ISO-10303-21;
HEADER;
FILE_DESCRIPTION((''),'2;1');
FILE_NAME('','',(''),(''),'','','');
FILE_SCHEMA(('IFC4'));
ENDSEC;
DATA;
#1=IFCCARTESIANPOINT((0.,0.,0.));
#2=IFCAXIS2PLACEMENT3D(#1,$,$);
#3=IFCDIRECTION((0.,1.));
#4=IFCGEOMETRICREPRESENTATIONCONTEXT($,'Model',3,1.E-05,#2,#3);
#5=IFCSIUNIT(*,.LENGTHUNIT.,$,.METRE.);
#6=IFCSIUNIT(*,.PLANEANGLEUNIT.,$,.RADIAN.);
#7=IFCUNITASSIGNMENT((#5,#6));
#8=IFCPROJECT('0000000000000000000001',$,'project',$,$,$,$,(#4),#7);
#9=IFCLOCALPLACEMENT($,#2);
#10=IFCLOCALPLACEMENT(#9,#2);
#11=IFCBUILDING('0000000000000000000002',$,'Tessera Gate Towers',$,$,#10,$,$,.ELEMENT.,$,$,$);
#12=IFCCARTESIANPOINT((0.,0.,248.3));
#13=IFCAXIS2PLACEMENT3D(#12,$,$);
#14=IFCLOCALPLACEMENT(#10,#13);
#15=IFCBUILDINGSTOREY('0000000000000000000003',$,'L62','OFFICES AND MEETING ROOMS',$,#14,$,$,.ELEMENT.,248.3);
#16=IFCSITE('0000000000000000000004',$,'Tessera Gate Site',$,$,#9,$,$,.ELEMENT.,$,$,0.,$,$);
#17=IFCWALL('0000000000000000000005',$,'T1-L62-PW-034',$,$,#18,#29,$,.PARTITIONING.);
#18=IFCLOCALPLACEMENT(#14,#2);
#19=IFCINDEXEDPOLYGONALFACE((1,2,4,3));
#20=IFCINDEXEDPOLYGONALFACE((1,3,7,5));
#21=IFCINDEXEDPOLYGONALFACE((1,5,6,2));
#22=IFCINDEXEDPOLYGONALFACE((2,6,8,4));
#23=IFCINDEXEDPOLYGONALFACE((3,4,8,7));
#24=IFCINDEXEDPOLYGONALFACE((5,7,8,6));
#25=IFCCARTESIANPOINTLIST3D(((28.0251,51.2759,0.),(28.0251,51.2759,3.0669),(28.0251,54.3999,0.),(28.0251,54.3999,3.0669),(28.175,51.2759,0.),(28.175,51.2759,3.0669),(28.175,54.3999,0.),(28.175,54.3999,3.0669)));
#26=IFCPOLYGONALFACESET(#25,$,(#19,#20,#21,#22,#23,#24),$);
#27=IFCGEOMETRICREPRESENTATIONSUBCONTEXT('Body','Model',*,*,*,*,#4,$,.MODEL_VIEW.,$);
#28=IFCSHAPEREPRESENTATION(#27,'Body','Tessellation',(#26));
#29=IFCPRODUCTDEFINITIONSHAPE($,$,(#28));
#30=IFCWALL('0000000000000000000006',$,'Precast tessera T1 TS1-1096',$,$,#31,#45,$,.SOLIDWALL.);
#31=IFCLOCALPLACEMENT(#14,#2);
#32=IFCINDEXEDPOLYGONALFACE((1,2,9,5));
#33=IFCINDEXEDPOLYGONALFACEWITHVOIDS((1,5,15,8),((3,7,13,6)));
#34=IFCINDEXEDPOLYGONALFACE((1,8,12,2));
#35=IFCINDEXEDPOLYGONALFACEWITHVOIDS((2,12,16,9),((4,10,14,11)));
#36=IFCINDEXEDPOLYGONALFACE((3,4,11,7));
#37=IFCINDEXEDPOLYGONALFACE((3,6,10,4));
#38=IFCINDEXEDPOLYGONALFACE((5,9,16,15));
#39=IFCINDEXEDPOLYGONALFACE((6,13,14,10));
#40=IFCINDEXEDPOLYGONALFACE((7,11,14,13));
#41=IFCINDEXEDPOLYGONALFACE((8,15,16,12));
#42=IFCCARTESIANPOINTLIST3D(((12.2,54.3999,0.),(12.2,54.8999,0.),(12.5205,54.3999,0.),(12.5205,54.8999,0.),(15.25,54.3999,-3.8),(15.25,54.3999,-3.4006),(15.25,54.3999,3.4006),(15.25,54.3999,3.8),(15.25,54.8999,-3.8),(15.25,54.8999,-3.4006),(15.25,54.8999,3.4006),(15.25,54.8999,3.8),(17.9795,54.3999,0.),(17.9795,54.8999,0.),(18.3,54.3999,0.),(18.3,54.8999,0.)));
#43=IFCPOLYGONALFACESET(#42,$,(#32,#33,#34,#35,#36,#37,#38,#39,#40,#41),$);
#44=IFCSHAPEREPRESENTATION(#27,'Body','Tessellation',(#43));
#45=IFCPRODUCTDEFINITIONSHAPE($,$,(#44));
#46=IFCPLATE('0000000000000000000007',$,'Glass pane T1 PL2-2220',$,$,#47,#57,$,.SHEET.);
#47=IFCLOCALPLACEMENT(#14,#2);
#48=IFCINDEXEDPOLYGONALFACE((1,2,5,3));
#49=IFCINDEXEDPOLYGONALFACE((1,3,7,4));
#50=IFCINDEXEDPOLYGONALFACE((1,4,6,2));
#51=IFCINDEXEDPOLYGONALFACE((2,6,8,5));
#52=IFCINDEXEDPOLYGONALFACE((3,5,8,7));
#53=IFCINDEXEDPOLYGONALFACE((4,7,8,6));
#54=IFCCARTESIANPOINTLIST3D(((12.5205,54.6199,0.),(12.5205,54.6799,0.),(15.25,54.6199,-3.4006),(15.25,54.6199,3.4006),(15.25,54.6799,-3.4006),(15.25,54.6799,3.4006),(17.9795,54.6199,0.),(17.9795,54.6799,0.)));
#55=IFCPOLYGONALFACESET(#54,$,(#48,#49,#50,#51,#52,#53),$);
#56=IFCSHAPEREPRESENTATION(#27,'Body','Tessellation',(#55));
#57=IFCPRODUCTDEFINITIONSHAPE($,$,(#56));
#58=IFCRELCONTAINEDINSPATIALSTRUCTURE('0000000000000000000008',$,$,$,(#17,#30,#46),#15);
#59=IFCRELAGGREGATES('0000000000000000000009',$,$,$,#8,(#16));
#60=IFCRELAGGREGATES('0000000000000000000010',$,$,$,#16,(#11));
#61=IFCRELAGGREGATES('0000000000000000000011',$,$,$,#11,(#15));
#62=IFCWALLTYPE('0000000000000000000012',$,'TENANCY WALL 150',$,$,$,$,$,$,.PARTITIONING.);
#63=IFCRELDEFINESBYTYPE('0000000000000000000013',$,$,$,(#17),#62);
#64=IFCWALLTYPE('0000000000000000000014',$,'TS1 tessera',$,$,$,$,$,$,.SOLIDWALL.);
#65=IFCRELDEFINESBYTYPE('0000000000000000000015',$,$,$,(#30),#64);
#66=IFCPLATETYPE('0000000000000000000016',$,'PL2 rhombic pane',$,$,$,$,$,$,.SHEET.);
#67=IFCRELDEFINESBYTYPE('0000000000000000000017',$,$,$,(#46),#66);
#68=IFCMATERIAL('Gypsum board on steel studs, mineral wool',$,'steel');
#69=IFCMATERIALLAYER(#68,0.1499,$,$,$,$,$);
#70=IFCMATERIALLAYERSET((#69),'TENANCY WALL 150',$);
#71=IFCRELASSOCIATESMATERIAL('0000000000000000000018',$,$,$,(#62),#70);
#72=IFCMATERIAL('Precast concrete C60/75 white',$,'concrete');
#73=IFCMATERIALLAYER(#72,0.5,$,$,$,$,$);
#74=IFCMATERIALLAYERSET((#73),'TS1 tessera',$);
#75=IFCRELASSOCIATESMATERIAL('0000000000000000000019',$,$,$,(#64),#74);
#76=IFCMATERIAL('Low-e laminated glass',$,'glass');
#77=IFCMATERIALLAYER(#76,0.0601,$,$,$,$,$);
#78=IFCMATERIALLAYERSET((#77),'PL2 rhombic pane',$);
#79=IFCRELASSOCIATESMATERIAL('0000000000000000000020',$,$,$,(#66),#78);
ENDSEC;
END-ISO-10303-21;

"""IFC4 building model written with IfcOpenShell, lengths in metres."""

from ifc_helpers import new_model, si_unit, direction, frame, frame_2d, origin, place, context, subcontext, project, spatial, polyline, rectangle, outline, extrude, source, transform, mapped, material, layer, layer_set, type_object, element, fill, save


model = new_model("IFC4")

# Units and contexts
model_context = context("Model", 3, precision=1e-05, world=origin(), true_north=direction((0.0, 1.0)))
body_context = subcontext(model_context, "Body", "Model", "MODEL_VIEW")
ifc_project = project(units=[si_unit("LENGTHUNIT", "METRE"), si_unit("PLANEANGLEUNIT", "RADIAN")], contexts=[model_context])

# Site, building, storey
site_placement = place(None, origin())
site = spatial("IfcSite", under=ifc_project, at=site_placement, Name="Tessera Gate Site", CompositionType="ELEMENT", RefElevation=0.0)
building_placement = place(site_placement, origin())
building = spatial("IfcBuilding", under=site, at=building_placement, Name="Tessera Gate Towers", CompositionType="ELEMENT")
storey_placement = place(building_placement, frame((0.0, 0.0, 248.3)))
storey = spatial("IfcBuildingStorey", under=building, at=storey_placement, Name="L62", Description="OFFICES AND MEETING ROOMS", CompositionType="ELEMENT", Elevation=248.3)

# Shared definitions
ifc_material_1 = material(Name="Gypsum board on steel studs, mineral wool", Category="steel")
ifc_layer_1 = layer(ifc_material_1, 0.1499)
ifc_layer_set_1 = layer_set([ifc_layer_1], Name="TENANCY WALL 150")
wall_type_1 = type_object("IfcWallType", Name="TENANCY WALL 150", PredefinedType="PARTITIONING", material=ifc_layer_set_1)

# Wall
wall_1_placement = place(storey_placement, frame((28.1001, 51.2759, 0.0), z_axis=(0.0, 0.0, 1.0), x_axis=(0.0, 1.0, 0.0)))
element("IfcWall", 1, at=wall_1_placement, inside=storey, type_object=wall_type_1, Name="T1-L62-PW-034", PredefinedType="PARTITIONING", context=body_context, shape_type="SweptSolid", body=[
    extrude(rectangle(XDim=3.124, YDim=0.1499, at=frame_2d((1.562, 0.0))), origin(), (0.0, 0.0, 1.0), 3.0669),
])

# Wall, opening, plate
ifc_material_2 = material(Name="Precast concrete C60/75 white", Category="concrete")
ifc_layer_2 = layer(ifc_material_2, 0.5)
ifc_layer_set_2 = layer_set([ifc_layer_2], Name="TS1 tessera")
wall_type_2 = type_object("IfcWallType", Name="TS1 tessera", PredefinedType="SOLIDWALL", material=ifc_layer_set_2)
shared_shape_1 = source(origin(), body_context, "Body", "SweptSolid", [
    extrude(outline(polyline([(3.05, 0.0), (6.1001, 3.8), (3.05, 7.6001), (0.0, 3.8), (3.05, 0.0)])), frame((0.0, 0.25, 0.0), z_axis=(0.0, -1.0, 0.0), x_axis=(1.0, 0.0, 0.0)), (0.0, 0.0, 1.0), 0.5),
])
wall_2_placement = place(storey_placement, frame((18.3, 54.6499, -3.8), z_axis=(0.0, 0.0, 1.0), x_axis=(-1.0, 0.0, 0.0)))
wall_2 = element("IfcWall", 2, at=wall_2_placement, inside=storey, type_object=wall_type_2, Name="Precast tessera T1 TS1-1096", PredefinedType="SOLIDWALL", context=body_context, shape_type="MappedRepresentation", body=[
    mapped(shared_shape_1, transform((0.0, 0.0, 0.0), scale=1.0)),
])
shared_shape_2 = source(origin(), body_context, "Body", "SweptSolid", [
    extrude(outline(polyline([(3.05, 0.3994), (5.7795, 3.8), (3.05, 7.2007), (0.3206, 3.8), (3.05, 0.3994)])), frame((0.0, 0.26, 0.0), z_axis=(0.0, -1.0, 0.0), x_axis=(1.0, 0.0, 0.0)), (0.0, 0.0, 1.0), 0.52),
])
opening_1_placement = place(wall_2_placement, origin())
opening_1 = element("IfcOpeningElement", 3, at=opening_1_placement, cuts=wall_2, PredefinedType="OPENING", context=body_context, shape_type="MappedRepresentation", body=[
    mapped(shared_shape_2, transform((0.0, 0.0, 0.0), scale=1.0)),
])
ifc_material_3 = material(Name="Low-e laminated glass", Category="glass")
ifc_layer_3 = layer(ifc_material_3, 0.0601)
ifc_layer_set_3 = layer_set([ifc_layer_3], Name="PL2 rhombic pane")
plate_type = type_object("IfcPlateType", Name="PL2 rhombic pane", PredefinedType="SHEET", material=ifc_layer_set_3)
shared_shape_3 = source(origin(), body_context, "Body", "SweptSolid", [
    extrude(outline(polyline([(3.05, 0.3994), (5.7795, 3.8), (3.05, 7.2007), (0.3206, 3.8), (3.05, 0.3994)])), frame((0.0, 0.03, 0.0), z_axis=(0.0, -1.0, 0.0), x_axis=(1.0, 0.0, 0.0)), (0.0, 0.0, 1.0), 0.0601),
])
plate_placement = place(opening_1_placement, origin())
plate = element("IfcPlate", 4, at=plate_placement, inside=storey, type_object=plate_type, Name="Glass pane T1 PL2-2220", PredefinedType="SHEET", context=body_context, shape_type="MappedRepresentation", body=[
    mapped(shared_shape_3, transform((0.0, 0.0, 0.0), scale=1.0)),
])
fill(opening_1, plate)

save(model, "model.ifc")
